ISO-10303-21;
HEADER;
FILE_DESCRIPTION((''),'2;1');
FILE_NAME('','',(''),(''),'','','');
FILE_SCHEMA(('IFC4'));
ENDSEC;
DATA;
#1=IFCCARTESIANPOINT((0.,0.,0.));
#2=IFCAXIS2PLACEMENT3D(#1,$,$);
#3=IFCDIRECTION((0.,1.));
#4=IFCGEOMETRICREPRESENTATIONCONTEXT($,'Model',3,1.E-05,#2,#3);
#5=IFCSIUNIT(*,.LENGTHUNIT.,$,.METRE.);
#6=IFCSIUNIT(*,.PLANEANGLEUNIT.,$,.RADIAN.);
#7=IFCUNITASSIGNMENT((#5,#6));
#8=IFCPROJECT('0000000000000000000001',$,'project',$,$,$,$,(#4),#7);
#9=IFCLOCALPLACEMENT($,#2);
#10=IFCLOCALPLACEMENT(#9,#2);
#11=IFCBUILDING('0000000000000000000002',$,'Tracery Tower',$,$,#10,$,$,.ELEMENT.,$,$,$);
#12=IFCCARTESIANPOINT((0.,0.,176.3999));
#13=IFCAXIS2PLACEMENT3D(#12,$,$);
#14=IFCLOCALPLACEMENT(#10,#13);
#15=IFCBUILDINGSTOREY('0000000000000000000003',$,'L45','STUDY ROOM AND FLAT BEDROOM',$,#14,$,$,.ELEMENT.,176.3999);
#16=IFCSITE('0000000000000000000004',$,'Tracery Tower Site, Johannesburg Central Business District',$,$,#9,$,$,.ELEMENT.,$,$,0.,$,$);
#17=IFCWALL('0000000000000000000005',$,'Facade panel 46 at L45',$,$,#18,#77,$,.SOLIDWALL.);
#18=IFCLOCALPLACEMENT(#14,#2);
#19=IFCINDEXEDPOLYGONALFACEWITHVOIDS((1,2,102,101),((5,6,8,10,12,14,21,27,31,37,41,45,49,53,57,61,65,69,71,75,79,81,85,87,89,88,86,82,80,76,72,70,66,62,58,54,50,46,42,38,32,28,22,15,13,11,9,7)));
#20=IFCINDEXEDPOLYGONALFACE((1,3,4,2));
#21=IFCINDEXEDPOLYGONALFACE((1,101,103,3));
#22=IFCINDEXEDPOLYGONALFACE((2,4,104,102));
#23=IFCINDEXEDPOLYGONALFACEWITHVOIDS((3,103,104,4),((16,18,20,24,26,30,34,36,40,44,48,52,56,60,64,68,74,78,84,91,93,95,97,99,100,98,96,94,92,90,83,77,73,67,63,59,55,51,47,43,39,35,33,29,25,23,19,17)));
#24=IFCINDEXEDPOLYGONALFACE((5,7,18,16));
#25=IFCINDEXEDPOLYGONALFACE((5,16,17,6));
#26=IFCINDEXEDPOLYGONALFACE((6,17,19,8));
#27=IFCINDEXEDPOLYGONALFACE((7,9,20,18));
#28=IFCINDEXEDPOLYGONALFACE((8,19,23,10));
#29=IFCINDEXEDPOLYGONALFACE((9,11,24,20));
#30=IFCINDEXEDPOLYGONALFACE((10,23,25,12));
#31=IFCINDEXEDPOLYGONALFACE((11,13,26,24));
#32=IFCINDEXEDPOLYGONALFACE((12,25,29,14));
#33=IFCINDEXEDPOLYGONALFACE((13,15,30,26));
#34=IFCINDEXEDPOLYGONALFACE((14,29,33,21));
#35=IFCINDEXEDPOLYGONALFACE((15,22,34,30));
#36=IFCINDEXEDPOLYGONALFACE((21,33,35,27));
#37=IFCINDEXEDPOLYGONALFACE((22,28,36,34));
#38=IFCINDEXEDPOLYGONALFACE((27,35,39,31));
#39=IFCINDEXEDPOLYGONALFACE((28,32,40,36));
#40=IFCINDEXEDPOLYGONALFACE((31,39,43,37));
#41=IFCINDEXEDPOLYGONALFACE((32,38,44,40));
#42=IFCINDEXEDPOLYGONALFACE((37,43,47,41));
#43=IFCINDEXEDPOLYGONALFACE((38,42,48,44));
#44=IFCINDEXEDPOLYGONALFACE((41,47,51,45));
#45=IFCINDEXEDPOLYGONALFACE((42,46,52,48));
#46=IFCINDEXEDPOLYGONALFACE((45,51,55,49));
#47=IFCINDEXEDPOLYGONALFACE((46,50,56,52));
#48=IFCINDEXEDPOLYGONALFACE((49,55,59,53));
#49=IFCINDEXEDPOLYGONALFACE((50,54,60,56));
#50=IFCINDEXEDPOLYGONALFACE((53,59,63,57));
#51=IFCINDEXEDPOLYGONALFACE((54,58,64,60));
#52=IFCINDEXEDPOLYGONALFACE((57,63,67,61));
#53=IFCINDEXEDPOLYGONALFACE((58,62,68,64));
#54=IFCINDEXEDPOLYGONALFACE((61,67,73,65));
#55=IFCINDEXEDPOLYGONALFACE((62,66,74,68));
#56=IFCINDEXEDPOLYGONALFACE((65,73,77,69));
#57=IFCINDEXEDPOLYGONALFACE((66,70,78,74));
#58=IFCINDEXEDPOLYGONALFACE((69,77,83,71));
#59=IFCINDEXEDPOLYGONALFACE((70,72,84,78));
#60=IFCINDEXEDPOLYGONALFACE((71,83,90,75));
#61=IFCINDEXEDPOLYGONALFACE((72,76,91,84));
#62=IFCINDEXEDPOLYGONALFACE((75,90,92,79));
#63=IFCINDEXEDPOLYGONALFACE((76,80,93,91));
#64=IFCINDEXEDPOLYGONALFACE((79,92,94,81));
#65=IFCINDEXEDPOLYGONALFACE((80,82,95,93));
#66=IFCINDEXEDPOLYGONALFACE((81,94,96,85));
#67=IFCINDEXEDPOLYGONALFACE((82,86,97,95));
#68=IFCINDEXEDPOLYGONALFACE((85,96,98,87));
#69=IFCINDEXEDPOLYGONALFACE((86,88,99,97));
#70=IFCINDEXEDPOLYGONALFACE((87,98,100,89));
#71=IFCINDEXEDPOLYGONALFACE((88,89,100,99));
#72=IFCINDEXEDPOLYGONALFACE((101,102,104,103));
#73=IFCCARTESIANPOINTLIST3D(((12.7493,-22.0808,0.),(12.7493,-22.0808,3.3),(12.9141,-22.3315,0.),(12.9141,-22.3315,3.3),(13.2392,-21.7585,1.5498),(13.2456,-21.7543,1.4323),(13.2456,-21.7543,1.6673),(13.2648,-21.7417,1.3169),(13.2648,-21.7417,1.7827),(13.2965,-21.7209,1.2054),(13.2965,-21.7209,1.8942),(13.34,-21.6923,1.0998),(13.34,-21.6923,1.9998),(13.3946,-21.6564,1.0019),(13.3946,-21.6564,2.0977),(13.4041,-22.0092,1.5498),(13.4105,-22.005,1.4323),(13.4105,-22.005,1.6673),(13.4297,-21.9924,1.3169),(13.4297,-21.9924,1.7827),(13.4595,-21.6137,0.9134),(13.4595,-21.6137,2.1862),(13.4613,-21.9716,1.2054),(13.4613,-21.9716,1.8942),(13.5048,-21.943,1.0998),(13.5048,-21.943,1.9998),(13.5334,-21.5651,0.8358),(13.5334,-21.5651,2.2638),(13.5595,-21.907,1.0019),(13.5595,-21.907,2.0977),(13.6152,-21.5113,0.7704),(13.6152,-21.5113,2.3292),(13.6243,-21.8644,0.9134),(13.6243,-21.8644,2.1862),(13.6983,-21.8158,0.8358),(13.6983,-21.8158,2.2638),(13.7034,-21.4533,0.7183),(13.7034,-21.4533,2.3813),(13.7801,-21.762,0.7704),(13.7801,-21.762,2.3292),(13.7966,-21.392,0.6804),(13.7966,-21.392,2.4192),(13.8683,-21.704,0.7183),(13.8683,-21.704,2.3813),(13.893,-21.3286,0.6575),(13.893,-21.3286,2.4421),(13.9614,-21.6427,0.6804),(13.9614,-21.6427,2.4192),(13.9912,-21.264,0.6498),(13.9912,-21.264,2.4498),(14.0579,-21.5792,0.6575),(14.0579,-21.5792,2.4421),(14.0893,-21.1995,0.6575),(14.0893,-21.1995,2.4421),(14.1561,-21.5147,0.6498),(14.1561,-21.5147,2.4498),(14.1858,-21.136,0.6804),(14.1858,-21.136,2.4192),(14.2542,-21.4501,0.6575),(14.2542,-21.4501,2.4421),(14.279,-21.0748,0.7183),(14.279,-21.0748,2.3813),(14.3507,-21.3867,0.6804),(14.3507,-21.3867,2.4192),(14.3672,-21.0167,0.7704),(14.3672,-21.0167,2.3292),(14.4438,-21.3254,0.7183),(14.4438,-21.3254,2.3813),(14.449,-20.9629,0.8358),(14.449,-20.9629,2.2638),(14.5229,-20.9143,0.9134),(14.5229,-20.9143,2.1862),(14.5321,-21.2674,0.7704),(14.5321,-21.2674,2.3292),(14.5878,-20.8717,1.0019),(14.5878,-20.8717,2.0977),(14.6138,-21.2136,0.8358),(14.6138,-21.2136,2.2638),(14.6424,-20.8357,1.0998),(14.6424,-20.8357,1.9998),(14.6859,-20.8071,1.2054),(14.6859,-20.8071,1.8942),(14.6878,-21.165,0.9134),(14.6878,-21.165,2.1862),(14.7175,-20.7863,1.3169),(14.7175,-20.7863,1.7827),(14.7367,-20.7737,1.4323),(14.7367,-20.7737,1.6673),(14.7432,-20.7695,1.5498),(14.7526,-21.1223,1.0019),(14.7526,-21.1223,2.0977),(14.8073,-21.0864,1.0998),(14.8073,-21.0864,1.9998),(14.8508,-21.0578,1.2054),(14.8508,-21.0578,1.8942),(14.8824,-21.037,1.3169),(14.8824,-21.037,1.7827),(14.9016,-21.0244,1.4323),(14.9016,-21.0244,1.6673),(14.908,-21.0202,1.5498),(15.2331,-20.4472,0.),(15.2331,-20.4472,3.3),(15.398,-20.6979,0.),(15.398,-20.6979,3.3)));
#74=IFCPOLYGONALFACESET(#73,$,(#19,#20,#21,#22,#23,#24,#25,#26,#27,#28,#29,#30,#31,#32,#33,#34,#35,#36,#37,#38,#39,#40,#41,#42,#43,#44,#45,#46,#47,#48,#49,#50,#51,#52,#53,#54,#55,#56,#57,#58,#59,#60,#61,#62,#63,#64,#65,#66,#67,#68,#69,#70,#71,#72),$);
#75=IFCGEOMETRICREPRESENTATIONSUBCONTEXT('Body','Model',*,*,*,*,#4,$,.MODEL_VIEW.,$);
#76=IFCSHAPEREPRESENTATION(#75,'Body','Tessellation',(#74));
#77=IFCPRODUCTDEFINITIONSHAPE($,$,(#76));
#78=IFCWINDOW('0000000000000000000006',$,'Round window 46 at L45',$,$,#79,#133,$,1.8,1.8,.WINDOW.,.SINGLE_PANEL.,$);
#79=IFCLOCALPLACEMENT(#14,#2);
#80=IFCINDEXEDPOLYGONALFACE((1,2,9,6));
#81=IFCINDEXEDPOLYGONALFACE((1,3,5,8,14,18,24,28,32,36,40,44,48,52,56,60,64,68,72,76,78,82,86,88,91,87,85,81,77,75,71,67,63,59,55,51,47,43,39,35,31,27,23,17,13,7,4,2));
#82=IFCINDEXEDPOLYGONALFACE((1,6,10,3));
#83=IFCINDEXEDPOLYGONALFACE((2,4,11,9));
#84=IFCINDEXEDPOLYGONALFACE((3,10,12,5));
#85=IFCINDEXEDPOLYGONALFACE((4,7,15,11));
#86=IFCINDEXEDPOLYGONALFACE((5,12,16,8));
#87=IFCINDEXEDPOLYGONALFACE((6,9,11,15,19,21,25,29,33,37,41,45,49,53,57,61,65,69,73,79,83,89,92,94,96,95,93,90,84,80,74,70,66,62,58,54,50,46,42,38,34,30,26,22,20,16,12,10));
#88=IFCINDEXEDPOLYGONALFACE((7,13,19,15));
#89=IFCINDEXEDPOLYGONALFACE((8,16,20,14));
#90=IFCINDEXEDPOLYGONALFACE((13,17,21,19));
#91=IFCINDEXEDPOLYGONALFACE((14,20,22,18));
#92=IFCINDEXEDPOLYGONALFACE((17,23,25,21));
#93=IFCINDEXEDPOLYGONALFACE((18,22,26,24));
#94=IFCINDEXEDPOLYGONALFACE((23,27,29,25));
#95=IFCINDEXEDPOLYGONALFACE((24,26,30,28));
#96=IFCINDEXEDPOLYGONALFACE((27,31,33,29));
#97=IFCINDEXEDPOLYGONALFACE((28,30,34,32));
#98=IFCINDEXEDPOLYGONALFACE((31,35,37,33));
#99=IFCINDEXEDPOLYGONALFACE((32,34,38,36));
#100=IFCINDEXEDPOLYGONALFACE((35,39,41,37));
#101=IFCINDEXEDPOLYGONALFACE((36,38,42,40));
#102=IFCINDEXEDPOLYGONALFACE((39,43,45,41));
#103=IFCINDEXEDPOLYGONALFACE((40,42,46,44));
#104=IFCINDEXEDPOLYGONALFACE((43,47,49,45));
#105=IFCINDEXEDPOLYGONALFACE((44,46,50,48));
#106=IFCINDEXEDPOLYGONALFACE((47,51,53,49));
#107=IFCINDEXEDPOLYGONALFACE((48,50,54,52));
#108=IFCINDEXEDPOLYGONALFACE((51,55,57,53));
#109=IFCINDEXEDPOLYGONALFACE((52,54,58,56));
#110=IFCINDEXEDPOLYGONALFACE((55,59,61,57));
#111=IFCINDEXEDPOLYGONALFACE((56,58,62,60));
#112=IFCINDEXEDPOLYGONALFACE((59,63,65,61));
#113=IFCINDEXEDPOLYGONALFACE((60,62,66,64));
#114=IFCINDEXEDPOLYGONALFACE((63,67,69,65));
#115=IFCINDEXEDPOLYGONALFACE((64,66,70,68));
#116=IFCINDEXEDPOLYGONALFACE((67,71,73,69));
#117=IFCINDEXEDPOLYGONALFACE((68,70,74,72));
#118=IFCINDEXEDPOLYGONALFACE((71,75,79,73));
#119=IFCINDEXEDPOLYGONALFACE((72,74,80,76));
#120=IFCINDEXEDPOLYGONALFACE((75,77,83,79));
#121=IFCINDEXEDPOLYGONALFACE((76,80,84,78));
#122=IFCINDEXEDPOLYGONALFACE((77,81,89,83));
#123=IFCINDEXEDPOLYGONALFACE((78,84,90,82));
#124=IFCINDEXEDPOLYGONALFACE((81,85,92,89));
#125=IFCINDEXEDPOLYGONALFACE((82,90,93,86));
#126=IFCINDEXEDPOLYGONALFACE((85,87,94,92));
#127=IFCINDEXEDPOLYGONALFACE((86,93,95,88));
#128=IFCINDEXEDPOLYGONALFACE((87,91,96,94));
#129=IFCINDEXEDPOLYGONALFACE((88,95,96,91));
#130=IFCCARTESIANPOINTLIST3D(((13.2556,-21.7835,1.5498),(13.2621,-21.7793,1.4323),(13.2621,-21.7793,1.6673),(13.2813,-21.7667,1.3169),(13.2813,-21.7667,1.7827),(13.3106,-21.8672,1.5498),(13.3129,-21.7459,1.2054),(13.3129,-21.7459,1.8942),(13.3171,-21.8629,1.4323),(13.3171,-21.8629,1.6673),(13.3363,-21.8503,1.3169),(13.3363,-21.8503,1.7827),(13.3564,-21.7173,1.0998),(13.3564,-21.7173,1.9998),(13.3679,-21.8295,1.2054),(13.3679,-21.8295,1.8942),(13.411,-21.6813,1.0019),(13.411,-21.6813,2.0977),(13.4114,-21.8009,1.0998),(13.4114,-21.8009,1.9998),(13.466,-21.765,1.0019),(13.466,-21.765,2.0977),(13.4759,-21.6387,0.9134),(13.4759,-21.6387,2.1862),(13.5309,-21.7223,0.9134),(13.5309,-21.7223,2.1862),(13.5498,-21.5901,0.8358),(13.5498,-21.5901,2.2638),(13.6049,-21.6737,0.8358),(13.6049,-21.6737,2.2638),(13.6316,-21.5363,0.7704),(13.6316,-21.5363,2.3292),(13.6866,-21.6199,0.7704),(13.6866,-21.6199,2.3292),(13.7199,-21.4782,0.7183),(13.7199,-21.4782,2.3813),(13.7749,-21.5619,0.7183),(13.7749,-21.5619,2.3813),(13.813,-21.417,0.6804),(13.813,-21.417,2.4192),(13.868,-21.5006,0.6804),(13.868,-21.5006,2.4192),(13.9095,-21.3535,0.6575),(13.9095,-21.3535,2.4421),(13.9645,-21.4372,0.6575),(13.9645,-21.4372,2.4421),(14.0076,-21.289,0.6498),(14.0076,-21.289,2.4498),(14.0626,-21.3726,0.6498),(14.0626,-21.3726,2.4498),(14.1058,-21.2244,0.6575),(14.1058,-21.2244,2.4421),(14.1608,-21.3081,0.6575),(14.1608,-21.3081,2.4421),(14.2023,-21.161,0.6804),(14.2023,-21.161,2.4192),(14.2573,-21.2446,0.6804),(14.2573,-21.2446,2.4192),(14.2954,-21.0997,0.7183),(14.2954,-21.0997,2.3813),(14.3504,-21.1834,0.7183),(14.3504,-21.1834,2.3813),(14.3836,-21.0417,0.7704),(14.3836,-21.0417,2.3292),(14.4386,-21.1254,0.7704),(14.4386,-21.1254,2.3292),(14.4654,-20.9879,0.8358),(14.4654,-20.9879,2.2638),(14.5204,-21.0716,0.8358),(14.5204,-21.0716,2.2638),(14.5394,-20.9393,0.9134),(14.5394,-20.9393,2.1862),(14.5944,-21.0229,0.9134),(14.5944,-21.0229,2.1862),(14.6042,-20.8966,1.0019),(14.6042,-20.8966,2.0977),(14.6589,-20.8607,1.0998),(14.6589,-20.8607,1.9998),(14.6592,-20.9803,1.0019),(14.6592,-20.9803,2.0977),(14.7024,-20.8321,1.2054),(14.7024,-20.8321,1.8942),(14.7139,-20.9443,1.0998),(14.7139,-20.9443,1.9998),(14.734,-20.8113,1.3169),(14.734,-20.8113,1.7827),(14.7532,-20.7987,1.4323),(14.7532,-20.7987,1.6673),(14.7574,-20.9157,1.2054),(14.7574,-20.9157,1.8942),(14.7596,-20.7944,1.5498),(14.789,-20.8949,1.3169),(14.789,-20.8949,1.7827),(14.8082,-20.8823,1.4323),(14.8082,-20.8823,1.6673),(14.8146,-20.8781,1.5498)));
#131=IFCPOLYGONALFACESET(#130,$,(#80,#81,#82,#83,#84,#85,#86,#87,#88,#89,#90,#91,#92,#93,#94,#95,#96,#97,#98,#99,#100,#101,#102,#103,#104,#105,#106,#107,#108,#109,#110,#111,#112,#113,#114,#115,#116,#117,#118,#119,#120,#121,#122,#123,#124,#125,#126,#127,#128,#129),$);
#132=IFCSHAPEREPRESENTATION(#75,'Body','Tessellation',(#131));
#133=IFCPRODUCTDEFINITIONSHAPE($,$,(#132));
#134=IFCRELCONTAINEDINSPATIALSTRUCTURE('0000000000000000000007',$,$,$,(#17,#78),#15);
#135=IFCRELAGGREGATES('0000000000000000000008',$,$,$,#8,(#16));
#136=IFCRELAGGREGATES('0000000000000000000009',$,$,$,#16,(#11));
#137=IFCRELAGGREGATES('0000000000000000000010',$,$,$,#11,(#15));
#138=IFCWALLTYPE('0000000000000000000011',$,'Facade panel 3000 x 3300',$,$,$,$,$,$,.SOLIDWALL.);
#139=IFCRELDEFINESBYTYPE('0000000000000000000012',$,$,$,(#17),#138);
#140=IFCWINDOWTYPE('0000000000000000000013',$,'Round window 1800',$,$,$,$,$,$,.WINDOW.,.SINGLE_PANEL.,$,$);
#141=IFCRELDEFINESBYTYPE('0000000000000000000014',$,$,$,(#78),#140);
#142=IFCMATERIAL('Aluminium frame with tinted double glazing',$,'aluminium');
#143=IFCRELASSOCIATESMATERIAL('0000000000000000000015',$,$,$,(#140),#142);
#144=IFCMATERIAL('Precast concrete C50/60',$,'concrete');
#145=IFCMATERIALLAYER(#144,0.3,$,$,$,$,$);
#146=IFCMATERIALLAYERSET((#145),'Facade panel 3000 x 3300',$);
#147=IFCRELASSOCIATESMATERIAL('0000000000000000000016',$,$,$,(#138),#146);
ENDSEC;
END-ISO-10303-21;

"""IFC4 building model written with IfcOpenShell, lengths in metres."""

from ifc_helpers import new_model, si_unit, direction, frame, frame_2d, origin, origin_2d, place, context, subcontext, project, spatial, rectangle, circle, extrude, material, layer, layer_set, type_object, element, fill, save


model = new_model("IFC4")

# Units and contexts
model_context = context("Model", 3, precision=1e-05, world=origin(), true_north=direction((0.0, 1.0)))
body_context = subcontext(model_context, "Body", "Model", "MODEL_VIEW")
ifc_project = project(units=[si_unit("LENGTHUNIT", "METRE"), si_unit("PLANEANGLEUNIT", "RADIAN")], contexts=[model_context])

# Site, building, storey
site_placement = place(None, origin())
site = spatial("IfcSite", under=ifc_project, at=site_placement, Name="Tracery Tower Site, Johannesburg Central Business District", CompositionType="ELEMENT", RefElevation=0.0)
building_placement = place(site_placement, origin())
building = spatial("IfcBuilding", under=site, at=building_placement, Name="Tracery Tower", CompositionType="ELEMENT")
storey_placement = place(building_placement, frame((0.0, 0.0, 176.3999)))
storey = spatial("IfcBuildingStorey", under=building, at=storey_placement, Name="L45", Description="STUDY ROOM AND FLAT BEDROOM", CompositionType="ELEMENT", Elevation=176.3999)

# Wall, opening, window
ifc_material_1 = material(Name="Aluminium frame with tinted double glazing", Category="aluminium")
window_type = type_object("IfcWindowType", Name="Round window 1800", PartitioningType="SINGLE_PANEL", PredefinedType="WINDOW", material=ifc_material_1)
ifc_material_2 = material(Name="Precast concrete C50/60", Category="concrete")
ifc_layer_1 = layer(ifc_material_2, 0.3)
ifc_layer_set_1 = layer_set([ifc_layer_1], Name="Facade panel 3000 x 3300")
wall_type_1 = type_object("IfcWallType", Name="Facade panel 3000 x 3300", PredefinedType="SOLIDWALL", material=ifc_layer_set_1)
wall_1_placement = place(storey_placement, frame((12.8318, -22.2061, 0.0), z_axis=(0.0, 0.0, 1.0), x_axis=(0.835508, 0.549478, 0.0)))
wall_1 = element("IfcWall", 1, at=wall_1_placement, inside=storey, type_object=wall_type_1, Name="Facade panel 46 at L45", PredefinedType="SOLIDWALL", context=body_context, shape_type="SweptSolid", body=[
    extrude(rectangle(XDim=2.9729, YDim=0.3, at=frame_2d((1.4863, 0.0))), origin(), (0.0, 0.0, 1.0), 3.3),
])
opening_1_placement = place(wall_1_placement, frame((1.4863, 0.0, 1.5498)))
opening_1 = element("IfcOpeningElement", 2, at=opening_1_placement, cuts=wall_1, PredefinedType="OPENING", context=body_context, shape_type="SweptSolid", body=[
    extrude(circle(Radius=0.9, at=origin_2d()), frame((0.0, 0.1599, 0.0), z_axis=(0.0, -1.0, 0.0), x_axis=(1.0, 0.0, 0.0)), (0.0, 0.0, 1.0), 0.3201),
])
window_1_placement = place(opening_1_placement, origin())
window_1 = element("IfcWindow", 3, at=window_1_placement, inside=storey, type_object=window_type, Name="Round window 46 at L45", OverallHeight=1.8, OverallWidth=1.8, PartitioningType="SINGLE_PANEL", PredefinedType="WINDOW", context=body_context, shape_type="SweptSolid", body=[
    extrude(circle(Radius=0.9, at=origin_2d()), frame((0.0, 0.1201, 0.0), z_axis=(0.0, -1.0, 0.0), x_axis=(1.0, 0.0, 0.0)), (0.0, 0.0, 1.0), 0.1001),
])
fill(opening_1, window_1)

save(model, "model.ifc")
